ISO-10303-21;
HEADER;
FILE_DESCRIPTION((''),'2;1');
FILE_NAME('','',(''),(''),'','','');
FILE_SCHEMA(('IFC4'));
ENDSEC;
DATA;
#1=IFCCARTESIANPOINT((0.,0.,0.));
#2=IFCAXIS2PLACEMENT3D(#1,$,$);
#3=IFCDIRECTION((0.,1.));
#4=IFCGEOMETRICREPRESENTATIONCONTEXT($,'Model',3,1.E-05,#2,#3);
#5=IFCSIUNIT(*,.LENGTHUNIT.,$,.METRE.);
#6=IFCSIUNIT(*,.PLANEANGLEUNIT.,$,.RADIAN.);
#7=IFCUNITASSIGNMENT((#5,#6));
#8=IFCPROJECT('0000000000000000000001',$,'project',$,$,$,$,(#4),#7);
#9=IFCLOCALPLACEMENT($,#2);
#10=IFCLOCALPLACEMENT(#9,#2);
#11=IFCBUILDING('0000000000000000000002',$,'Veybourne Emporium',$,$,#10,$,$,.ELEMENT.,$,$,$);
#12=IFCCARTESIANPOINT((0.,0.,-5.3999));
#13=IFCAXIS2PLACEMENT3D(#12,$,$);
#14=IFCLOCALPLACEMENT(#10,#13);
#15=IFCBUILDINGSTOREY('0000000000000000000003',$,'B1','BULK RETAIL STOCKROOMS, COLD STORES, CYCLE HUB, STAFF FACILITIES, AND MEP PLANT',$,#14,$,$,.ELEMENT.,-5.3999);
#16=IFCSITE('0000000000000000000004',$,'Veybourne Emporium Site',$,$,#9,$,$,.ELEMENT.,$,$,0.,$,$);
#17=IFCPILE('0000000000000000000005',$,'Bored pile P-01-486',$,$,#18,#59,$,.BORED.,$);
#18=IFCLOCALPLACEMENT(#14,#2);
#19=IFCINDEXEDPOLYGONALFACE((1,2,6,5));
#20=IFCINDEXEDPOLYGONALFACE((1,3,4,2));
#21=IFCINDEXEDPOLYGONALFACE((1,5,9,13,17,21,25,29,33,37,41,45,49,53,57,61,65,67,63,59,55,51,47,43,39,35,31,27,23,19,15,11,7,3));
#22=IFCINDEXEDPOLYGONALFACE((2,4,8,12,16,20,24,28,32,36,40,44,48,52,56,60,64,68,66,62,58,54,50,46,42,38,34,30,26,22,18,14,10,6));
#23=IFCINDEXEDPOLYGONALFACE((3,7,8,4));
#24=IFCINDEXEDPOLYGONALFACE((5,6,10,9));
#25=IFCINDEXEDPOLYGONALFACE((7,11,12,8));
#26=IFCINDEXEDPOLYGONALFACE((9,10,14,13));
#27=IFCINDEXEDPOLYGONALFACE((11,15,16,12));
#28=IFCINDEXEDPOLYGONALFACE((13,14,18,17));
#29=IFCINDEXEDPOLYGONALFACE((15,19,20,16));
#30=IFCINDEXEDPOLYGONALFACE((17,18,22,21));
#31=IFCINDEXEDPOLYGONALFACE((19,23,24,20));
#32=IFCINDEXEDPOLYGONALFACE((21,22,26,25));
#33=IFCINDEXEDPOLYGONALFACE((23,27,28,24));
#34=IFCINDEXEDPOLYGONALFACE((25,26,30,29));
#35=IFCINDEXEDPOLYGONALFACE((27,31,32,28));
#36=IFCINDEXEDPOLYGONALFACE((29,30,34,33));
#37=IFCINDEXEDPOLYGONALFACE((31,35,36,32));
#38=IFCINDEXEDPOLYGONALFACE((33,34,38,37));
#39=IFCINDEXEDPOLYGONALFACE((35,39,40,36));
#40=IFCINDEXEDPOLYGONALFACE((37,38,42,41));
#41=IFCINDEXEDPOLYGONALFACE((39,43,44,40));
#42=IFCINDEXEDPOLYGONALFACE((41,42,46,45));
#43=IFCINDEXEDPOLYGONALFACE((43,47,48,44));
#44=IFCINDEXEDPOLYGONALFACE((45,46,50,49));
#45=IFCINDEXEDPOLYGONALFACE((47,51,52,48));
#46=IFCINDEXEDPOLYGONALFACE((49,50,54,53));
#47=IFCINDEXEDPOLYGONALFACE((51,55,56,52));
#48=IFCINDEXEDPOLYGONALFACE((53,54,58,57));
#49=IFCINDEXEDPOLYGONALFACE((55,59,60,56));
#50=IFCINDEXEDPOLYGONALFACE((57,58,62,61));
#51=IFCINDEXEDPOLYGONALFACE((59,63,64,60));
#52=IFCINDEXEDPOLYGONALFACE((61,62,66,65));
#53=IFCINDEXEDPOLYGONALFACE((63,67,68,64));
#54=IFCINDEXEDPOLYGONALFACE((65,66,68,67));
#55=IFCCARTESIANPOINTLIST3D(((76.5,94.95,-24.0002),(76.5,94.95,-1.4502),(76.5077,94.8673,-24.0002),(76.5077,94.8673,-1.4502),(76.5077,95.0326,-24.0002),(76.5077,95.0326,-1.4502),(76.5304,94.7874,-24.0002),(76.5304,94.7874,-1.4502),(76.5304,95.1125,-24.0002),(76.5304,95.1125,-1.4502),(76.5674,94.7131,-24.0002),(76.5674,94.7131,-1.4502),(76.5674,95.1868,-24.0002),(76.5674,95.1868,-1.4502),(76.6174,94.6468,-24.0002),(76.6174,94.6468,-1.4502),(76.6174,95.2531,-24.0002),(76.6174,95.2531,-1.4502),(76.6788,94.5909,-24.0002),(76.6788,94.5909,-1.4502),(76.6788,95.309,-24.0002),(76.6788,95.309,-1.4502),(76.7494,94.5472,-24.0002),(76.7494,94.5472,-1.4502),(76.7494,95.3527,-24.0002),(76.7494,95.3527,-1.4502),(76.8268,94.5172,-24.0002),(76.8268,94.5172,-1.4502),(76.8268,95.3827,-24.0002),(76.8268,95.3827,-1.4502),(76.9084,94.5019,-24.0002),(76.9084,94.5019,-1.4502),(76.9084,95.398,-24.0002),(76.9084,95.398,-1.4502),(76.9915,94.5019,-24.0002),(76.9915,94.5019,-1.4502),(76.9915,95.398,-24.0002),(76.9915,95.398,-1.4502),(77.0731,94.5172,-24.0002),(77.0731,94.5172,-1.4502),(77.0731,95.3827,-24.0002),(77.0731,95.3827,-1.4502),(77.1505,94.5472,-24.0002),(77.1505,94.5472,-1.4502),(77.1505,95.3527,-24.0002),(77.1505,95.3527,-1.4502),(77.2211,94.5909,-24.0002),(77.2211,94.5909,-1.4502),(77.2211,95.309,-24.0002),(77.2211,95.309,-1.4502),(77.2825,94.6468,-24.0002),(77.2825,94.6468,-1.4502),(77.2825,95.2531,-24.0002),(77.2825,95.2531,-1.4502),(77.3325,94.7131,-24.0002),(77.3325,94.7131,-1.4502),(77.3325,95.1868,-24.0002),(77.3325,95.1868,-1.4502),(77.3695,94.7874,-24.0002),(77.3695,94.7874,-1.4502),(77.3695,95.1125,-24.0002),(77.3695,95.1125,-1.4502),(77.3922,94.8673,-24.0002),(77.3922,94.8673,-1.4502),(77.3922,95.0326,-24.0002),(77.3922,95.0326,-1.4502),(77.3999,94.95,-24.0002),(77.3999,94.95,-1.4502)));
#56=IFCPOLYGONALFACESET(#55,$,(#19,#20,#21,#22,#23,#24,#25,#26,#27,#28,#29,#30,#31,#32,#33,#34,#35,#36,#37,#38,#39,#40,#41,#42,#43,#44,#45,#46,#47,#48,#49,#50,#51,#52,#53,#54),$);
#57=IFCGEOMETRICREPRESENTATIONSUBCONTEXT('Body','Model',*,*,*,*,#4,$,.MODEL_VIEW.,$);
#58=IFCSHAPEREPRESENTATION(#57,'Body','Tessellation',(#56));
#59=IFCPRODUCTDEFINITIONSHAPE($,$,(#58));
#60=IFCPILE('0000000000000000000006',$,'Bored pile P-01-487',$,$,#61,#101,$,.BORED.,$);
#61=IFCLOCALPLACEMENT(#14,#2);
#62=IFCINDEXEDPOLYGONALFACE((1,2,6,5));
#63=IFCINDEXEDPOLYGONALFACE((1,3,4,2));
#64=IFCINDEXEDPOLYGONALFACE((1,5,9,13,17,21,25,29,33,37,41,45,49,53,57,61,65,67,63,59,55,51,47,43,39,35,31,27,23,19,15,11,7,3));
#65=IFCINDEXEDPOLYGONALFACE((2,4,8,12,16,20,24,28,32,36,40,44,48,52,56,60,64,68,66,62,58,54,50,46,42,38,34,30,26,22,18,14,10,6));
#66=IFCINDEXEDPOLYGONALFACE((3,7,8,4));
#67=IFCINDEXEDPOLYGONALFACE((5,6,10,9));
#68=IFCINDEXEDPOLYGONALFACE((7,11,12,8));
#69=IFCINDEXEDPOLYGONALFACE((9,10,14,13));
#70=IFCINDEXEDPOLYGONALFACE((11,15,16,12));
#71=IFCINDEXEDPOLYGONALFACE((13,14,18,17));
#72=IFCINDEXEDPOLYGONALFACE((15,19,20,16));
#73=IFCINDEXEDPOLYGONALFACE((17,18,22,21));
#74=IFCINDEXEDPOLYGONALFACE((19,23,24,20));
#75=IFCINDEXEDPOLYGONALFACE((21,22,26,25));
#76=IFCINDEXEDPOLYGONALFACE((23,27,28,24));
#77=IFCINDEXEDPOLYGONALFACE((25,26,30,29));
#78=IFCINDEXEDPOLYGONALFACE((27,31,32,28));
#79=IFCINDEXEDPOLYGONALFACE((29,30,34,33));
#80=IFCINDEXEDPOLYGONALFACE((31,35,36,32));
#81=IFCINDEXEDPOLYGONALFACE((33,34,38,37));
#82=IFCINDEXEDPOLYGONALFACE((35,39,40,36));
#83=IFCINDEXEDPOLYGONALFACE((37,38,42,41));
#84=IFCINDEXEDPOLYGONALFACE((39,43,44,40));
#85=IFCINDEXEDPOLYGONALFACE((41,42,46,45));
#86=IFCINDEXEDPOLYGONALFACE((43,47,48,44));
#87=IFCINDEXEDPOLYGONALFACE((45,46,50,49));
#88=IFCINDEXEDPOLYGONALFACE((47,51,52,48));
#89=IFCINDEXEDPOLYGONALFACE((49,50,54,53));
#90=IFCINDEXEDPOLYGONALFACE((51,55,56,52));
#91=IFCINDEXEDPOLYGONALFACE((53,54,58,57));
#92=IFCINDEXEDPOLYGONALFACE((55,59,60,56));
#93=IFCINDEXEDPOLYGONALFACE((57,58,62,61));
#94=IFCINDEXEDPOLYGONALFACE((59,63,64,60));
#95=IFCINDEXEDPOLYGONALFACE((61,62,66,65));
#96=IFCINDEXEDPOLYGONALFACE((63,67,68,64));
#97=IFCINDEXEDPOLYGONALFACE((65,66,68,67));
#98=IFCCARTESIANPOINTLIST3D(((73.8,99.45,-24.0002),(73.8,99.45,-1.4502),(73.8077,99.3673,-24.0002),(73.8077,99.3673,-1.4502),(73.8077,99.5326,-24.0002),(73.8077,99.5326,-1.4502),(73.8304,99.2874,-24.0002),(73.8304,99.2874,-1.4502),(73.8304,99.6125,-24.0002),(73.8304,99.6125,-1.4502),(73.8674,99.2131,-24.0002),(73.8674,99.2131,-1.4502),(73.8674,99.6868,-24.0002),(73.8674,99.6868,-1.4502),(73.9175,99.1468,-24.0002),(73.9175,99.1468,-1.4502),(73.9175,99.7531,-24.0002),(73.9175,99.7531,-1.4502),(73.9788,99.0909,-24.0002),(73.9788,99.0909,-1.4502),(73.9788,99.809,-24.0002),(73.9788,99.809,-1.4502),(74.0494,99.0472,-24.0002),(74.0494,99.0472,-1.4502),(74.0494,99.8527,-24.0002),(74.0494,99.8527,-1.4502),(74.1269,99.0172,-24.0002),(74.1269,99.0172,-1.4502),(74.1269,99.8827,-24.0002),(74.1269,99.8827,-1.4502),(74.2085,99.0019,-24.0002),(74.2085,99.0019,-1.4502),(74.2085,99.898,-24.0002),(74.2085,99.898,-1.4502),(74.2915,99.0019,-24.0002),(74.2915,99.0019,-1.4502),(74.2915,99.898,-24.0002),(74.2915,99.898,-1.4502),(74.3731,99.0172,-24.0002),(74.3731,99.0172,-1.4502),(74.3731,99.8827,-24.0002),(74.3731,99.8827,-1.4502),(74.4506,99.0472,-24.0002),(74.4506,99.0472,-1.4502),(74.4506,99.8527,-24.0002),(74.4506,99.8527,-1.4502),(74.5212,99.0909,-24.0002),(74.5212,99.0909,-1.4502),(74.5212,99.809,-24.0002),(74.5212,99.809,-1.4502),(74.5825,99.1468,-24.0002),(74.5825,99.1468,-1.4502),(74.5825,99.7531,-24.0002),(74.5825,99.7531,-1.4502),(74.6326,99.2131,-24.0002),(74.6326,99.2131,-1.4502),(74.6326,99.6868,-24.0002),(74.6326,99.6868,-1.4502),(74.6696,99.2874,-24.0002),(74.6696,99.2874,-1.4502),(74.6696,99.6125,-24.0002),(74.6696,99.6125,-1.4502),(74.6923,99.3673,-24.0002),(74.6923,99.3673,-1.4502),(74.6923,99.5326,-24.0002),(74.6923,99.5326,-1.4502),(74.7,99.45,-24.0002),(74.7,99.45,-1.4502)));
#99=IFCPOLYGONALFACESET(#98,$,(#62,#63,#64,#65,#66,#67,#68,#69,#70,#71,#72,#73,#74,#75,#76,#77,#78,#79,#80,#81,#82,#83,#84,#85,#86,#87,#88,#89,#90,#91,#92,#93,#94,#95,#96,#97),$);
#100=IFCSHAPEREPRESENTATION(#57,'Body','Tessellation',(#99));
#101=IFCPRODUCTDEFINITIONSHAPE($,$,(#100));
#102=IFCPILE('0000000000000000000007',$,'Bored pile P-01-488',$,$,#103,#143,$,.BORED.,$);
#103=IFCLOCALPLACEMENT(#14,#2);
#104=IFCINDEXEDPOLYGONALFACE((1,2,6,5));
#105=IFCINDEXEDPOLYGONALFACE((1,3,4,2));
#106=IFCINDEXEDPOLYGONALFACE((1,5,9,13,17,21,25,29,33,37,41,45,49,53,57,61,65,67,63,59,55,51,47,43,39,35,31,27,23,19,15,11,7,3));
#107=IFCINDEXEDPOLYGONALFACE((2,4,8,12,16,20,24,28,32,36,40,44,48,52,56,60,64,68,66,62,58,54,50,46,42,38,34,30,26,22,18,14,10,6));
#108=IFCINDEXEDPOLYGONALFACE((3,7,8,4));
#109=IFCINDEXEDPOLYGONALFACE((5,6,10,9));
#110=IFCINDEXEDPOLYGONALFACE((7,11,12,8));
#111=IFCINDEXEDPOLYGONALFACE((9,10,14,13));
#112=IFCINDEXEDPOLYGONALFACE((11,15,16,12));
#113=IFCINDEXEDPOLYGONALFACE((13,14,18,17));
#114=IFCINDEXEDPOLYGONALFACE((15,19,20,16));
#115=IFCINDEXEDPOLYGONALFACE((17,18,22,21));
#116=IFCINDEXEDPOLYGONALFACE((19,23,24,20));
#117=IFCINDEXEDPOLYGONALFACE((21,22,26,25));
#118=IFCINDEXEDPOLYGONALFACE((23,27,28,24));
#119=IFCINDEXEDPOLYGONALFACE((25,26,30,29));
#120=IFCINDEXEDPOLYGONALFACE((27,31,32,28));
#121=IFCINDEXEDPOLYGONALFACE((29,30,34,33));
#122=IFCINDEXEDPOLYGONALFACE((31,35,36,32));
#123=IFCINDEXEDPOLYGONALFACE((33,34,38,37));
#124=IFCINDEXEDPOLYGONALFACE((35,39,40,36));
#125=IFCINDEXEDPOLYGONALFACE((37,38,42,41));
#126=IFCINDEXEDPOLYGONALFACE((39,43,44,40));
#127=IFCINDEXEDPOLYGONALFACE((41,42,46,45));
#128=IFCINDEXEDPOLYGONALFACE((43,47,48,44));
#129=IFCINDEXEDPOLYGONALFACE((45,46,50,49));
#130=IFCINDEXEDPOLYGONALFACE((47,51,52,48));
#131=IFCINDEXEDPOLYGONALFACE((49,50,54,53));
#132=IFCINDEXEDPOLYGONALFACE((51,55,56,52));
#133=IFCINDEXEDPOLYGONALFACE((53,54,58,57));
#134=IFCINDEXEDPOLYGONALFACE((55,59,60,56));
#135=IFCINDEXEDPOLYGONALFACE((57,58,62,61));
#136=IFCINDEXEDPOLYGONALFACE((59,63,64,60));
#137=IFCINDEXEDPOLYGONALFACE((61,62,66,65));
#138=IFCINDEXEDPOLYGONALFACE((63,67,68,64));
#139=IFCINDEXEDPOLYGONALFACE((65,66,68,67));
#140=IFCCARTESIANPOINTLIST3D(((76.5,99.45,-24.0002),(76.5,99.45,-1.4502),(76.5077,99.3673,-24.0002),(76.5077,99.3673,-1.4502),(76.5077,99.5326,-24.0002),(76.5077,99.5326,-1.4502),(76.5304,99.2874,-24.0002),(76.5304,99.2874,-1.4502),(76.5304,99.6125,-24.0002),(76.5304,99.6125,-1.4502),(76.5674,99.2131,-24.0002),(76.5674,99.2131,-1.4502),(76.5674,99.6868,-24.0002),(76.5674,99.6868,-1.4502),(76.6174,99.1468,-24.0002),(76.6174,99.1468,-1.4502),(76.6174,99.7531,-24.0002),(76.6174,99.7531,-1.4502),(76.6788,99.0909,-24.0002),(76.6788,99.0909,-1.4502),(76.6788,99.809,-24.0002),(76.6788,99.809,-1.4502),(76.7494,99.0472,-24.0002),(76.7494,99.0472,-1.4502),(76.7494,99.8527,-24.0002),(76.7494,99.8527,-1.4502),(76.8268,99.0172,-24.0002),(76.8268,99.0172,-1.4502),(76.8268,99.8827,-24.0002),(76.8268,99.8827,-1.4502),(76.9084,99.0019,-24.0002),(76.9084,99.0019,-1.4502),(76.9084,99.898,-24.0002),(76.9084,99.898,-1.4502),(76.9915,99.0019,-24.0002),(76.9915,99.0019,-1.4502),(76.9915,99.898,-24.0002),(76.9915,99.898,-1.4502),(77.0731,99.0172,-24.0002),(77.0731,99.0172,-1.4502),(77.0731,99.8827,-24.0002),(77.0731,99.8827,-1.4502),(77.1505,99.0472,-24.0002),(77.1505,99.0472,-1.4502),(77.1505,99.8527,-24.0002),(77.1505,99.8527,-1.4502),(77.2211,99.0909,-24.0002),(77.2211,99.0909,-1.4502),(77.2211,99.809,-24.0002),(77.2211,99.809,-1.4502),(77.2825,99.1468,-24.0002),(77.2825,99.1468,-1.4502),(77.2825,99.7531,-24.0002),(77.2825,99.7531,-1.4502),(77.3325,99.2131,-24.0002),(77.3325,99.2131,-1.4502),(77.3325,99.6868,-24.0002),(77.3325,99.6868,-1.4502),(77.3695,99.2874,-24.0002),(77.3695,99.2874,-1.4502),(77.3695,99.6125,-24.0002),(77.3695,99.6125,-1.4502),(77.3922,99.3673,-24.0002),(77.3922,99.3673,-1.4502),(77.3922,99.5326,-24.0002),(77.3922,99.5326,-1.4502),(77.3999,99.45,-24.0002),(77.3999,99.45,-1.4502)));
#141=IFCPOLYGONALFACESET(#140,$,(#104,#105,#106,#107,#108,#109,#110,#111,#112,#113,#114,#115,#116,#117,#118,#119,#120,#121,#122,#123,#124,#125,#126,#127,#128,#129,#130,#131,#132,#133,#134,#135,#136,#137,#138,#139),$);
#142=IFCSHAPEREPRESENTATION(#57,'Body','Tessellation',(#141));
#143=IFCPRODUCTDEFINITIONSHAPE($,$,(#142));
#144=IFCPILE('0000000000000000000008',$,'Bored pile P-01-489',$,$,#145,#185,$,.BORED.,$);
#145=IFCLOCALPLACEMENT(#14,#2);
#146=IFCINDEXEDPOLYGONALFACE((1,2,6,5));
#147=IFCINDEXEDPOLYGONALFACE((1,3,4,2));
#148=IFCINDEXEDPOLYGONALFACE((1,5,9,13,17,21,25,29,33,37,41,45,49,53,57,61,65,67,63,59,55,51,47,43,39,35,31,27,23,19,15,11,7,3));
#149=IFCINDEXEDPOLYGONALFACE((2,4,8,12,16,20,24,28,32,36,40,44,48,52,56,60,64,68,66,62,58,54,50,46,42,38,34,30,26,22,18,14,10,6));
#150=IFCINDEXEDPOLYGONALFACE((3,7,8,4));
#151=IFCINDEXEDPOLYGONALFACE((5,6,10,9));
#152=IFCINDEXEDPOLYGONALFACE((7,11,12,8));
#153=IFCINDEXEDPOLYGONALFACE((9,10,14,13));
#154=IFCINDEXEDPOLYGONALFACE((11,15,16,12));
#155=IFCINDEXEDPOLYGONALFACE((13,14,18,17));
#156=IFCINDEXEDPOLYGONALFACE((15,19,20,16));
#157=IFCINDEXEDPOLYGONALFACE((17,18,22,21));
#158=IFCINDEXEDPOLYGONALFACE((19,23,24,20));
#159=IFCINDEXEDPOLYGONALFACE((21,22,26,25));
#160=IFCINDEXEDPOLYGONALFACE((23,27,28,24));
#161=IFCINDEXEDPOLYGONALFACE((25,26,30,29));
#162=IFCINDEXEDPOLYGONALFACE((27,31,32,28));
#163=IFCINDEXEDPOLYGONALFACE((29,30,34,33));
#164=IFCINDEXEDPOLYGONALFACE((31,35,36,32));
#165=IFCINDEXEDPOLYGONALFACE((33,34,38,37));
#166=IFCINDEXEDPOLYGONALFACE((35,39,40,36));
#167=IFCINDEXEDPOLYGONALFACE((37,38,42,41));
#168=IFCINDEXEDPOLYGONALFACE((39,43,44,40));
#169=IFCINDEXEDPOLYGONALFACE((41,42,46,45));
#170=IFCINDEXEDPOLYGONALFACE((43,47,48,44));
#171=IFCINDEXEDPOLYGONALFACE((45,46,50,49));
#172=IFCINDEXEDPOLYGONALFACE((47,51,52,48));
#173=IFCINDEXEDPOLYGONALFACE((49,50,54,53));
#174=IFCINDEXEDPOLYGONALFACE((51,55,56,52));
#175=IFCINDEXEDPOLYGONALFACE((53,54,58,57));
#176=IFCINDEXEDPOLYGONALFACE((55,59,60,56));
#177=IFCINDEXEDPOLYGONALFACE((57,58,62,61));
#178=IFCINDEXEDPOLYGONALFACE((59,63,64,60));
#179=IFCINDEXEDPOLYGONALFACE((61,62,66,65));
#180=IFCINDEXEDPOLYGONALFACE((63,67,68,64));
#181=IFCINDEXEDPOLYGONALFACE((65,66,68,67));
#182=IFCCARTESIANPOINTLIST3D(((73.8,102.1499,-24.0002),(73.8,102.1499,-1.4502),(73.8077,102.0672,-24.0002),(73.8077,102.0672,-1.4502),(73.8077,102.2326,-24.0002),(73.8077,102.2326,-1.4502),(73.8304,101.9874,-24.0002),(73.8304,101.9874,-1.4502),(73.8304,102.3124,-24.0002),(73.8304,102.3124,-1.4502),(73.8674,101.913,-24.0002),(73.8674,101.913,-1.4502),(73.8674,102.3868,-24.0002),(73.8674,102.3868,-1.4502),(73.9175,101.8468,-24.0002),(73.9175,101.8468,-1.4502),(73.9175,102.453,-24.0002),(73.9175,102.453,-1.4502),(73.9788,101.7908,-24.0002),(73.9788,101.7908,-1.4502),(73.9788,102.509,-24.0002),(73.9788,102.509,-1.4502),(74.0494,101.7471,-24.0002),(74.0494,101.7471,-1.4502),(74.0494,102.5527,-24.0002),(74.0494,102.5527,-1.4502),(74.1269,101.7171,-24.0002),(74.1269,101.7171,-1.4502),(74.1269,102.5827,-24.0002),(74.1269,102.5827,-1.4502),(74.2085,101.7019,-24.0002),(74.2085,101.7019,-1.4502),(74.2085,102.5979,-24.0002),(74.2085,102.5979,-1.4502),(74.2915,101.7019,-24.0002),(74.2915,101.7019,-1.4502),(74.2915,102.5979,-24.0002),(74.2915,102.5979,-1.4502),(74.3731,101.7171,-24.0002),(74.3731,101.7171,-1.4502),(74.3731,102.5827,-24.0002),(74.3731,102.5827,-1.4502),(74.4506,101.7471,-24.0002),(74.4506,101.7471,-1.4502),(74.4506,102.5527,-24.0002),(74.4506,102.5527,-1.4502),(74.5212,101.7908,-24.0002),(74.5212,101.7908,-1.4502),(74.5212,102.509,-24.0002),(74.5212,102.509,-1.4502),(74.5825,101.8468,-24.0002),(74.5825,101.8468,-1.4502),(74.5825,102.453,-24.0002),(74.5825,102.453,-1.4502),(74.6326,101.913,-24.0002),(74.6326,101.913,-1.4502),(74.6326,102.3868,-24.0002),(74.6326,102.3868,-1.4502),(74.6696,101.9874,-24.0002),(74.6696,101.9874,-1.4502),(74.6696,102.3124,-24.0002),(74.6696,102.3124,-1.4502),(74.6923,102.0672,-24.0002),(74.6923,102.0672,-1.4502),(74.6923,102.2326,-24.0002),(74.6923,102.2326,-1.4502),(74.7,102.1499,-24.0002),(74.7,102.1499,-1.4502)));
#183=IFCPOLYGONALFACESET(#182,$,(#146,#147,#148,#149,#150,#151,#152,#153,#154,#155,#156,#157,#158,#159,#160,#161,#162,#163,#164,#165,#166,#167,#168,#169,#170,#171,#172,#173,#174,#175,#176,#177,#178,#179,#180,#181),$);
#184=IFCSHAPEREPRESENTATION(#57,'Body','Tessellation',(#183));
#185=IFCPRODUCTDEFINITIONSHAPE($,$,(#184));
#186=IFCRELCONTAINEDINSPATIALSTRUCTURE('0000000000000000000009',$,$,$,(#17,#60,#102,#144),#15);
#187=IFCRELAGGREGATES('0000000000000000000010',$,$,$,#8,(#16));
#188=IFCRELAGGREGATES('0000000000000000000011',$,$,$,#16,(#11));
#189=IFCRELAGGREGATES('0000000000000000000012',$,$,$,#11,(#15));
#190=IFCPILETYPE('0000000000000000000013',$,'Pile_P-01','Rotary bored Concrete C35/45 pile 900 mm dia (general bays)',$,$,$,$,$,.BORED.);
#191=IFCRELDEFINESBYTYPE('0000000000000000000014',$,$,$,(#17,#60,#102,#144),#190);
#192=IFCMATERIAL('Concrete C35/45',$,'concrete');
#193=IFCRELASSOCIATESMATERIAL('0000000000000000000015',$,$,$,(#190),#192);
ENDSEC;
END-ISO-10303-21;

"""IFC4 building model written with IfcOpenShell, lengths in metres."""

from ifc_helpers import new_model, si_unit, direction, frame, origin, origin_2d, place, context, subcontext, project, spatial, circle, extrude, material, material_profile, profile_set, type_object, element, save


model = new_model("IFC4")

# Units and contexts
model_context = context("Model", 3, precision=1e-05, world=origin(), true_north=direction((0.0, 1.0)))
body_context = subcontext(model_context, "Body", "Model", "MODEL_VIEW")
ifc_project = project(units=[si_unit("LENGTHUNIT", "METRE"), si_unit("PLANEANGLEUNIT", "RADIAN")], contexts=[model_context])

# Site, building, storey
site_placement = place(None, origin())
site = spatial("IfcSite", under=ifc_project, at=site_placement, Name="Veybourne Emporium Site", CompositionType="ELEMENT", RefElevation=0.0)
building_placement = place(site_placement, origin())
building = spatial("IfcBuilding", under=site, at=building_placement, Name="Veybourne Emporium", CompositionType="ELEMENT")
storey_placement = place(building_placement, frame((0.0, 0.0, -5.3999)))
storey = spatial("IfcBuildingStorey", under=building, at=storey_placement, Name="B1", Description="BULK RETAIL STOCKROOMS, COLD STORES, CYCLE HUB, STAFF FACILITIES, AND MEP PLANT", CompositionType="ELEMENT", Elevation=-5.3999)

# Shared definitions
ifc_material_1 = material(Name="Concrete C35/45", Category="concrete")

# Piles
ifc_material_profile_1 = material_profile(ifc_material_1, circle(Radius=0.45, at=origin_2d()), Name="BORED PILE 900")
ifc_profile_set_1 = profile_set([ifc_material_profile_1], Name="Concrete C35/45")
pile_type_1 = type_object("IfcPileType", Name="Pile_P-01", Description="Rotary bored Concrete C35/45 pile 900 mm dia (general bays)", PredefinedType="BORED", material=ifc_profile_set_1)
for number, where, z_axis, x_axis, name in (
    (1, (76.95, 94.95, -1.4502), (0.0, 0.0, -1.0), (1.0, 0.0, 0.0), "Bored pile P-01-486"),
    (2, (74.25, 99.45, -1.4502), (0.0, 0.0, -1.0), (1.0, 0.0, 0.0), "Bored pile P-01-487"),
    (3, (76.95, 99.45, -1.4502), (0.0, 0.0, -1.0), (1.0, 0.0, 0.0), "Bored pile P-01-488"),
    (4, (74.25, 102.1499, -1.4502), (0.0, 0.0, -1.0), (1.0, 0.0, 0.0), "Bored pile P-01-489"),
):
    element("IfcPile", number, at=place(storey_placement, frame(where, z_axis=z_axis, x_axis=x_axis)), inside=storey, type_object=pile_type_1, Name=name, PredefinedType="BORED", context=body_context, shape_type="SweptSolid", body=[
        extrude(circle(Radius=0.45, at=origin_2d()), origin(), (0.0, 0.0, 1.0), 22.55),
    ])

save(model, "model.ifc")
